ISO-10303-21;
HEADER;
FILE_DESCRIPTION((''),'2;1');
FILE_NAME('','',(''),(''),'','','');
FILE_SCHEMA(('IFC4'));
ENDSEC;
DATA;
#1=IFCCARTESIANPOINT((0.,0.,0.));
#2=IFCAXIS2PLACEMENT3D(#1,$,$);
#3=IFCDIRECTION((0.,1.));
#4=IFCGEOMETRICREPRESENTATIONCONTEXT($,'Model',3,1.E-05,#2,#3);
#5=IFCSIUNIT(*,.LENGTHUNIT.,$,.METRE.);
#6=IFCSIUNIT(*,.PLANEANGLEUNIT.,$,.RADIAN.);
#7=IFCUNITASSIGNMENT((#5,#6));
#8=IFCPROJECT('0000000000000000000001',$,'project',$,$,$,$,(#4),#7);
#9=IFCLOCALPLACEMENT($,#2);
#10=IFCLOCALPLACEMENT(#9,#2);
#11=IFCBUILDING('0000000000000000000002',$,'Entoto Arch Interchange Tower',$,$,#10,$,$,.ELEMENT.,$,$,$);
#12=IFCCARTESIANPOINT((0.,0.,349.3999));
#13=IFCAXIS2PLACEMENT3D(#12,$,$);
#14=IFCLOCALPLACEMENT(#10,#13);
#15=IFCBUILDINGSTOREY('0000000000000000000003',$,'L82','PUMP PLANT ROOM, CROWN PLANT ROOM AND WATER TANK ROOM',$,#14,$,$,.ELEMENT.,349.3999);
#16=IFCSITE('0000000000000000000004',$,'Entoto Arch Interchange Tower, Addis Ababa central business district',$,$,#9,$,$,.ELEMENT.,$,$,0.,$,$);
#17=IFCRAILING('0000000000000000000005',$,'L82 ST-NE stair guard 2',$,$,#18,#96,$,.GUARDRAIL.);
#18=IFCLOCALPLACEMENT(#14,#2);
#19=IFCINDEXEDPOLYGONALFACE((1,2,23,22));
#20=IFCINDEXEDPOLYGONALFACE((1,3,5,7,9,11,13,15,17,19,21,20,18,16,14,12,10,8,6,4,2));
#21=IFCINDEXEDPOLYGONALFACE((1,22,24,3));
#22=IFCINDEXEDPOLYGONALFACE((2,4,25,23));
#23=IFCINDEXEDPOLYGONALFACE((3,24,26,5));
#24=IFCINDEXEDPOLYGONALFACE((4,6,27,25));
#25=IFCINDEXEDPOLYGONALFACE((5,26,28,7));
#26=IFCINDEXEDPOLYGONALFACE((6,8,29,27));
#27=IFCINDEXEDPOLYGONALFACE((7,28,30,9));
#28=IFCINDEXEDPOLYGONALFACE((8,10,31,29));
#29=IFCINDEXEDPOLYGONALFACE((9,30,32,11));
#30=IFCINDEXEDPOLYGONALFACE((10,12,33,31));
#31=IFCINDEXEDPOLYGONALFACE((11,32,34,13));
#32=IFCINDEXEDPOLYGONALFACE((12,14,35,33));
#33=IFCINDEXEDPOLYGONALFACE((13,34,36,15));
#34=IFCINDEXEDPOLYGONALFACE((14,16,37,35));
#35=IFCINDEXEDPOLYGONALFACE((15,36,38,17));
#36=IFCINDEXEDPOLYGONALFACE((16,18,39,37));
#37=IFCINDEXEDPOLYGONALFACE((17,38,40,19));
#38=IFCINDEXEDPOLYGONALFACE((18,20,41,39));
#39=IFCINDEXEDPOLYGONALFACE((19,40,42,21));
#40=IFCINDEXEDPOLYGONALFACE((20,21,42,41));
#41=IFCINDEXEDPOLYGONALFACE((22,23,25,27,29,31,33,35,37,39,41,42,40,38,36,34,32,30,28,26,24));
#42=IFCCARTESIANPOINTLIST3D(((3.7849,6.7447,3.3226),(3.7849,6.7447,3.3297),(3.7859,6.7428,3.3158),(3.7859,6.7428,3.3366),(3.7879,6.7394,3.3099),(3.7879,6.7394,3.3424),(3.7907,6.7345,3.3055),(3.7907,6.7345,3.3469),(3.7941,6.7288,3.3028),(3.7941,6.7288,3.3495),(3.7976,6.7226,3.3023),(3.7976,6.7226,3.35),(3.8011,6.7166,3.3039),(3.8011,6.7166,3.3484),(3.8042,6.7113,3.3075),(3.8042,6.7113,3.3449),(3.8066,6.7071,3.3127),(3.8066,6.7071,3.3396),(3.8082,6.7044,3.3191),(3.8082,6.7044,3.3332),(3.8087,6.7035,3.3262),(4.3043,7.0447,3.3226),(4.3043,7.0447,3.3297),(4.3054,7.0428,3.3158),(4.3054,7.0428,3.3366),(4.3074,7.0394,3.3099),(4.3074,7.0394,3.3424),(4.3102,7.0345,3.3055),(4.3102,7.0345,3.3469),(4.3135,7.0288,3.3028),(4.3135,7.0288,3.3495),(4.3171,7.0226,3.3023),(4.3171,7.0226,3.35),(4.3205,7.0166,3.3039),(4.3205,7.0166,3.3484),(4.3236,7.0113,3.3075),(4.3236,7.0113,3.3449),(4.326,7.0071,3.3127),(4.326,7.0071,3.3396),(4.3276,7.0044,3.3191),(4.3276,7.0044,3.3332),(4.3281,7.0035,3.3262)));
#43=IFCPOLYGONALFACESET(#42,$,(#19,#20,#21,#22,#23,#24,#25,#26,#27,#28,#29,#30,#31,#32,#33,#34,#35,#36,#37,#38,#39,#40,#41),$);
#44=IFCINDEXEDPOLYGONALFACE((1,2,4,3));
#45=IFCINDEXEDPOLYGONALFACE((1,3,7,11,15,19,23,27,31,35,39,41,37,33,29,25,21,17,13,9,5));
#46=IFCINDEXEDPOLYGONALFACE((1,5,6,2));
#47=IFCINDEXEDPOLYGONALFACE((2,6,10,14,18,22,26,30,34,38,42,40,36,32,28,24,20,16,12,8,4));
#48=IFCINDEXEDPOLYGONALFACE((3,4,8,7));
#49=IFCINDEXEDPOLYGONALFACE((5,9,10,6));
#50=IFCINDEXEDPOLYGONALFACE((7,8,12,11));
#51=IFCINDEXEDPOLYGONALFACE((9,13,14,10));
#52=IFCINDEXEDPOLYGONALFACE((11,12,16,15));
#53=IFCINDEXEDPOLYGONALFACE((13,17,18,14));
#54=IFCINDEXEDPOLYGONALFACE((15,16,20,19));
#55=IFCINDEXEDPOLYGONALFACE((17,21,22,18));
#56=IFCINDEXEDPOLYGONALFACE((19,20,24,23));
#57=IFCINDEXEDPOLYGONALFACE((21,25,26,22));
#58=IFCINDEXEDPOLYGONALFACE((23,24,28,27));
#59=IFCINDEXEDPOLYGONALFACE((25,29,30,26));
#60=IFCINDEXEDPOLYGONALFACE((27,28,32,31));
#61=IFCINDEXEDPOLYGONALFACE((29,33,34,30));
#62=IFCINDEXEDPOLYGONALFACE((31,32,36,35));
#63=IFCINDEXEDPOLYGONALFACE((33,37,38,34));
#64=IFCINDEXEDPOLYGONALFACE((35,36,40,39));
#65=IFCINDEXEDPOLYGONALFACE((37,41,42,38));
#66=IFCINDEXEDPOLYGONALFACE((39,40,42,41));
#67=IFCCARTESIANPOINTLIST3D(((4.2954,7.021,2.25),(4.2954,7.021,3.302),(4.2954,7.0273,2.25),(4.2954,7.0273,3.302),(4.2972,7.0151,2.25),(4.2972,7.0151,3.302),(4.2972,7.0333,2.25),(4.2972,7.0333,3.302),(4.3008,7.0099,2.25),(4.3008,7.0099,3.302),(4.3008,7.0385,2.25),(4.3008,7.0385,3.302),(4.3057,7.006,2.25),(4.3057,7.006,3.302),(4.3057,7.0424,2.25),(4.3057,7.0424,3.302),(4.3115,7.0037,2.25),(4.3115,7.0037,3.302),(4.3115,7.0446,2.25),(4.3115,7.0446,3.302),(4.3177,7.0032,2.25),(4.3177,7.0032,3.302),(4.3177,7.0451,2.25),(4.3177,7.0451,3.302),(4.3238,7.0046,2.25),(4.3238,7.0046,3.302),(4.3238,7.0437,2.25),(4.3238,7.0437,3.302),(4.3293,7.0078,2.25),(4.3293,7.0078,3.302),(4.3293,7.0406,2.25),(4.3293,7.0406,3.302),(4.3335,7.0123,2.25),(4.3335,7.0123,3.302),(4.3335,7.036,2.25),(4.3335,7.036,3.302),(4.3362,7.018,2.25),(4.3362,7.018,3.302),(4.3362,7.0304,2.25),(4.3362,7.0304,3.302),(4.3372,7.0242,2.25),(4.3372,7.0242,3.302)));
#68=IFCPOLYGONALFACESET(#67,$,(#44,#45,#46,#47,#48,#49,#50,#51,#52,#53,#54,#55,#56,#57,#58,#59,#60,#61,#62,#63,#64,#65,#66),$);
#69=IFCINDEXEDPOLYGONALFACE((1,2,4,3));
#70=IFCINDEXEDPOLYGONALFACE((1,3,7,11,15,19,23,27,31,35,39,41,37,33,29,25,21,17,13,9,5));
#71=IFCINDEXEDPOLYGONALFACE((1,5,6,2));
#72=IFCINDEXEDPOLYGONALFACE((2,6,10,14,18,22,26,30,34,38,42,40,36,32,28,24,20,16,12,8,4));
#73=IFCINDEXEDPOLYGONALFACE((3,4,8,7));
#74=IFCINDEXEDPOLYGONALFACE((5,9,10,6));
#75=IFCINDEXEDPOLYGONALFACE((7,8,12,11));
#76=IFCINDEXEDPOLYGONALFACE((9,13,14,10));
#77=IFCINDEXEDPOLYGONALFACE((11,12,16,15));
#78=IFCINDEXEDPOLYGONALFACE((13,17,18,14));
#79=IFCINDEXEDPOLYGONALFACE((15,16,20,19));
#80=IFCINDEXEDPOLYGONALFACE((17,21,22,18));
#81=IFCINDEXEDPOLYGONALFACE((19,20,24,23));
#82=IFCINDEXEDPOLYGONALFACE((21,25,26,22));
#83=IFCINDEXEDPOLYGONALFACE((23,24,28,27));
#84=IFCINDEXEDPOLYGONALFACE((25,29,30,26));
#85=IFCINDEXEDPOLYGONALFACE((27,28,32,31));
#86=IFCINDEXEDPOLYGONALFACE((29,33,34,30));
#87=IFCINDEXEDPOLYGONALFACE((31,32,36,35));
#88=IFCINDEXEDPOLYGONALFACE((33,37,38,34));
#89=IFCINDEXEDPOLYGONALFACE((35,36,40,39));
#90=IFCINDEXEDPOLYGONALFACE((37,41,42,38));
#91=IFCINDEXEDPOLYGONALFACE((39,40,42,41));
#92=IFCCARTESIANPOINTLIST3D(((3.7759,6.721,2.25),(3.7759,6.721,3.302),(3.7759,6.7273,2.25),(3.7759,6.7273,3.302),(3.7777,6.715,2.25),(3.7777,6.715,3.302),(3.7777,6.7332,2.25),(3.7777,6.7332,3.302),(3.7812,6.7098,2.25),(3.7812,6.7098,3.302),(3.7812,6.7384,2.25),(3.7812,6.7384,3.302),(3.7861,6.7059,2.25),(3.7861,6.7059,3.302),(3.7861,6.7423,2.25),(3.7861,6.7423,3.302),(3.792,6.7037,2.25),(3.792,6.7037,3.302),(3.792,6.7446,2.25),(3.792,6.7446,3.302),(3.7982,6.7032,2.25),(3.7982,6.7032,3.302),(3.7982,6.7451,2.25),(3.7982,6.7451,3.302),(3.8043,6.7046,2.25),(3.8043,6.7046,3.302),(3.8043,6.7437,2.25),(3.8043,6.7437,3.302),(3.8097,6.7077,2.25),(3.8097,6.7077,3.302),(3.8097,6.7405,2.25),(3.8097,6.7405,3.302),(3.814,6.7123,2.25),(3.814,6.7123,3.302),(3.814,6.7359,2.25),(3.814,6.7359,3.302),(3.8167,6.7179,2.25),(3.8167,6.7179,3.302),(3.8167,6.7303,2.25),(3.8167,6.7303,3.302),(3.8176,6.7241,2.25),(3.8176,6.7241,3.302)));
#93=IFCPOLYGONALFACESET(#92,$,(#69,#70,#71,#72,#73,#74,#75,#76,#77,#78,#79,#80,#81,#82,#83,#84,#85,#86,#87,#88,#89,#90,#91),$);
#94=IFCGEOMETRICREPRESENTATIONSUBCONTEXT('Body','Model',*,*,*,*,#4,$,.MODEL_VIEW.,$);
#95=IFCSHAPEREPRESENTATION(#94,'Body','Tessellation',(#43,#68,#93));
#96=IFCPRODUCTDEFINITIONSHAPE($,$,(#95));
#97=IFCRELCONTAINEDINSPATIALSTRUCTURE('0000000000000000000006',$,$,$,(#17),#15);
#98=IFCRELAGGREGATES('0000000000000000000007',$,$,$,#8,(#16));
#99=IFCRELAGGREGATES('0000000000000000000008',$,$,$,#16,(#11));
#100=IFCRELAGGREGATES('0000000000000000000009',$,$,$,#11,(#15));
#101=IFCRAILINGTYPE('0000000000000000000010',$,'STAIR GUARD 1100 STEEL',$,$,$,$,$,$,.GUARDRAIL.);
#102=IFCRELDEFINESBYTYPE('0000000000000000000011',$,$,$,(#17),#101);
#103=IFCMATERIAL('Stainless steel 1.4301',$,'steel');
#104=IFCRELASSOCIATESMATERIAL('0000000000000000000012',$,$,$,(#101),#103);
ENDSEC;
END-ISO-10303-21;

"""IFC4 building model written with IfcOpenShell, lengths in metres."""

from ifc_helpers import new_model, si_unit, direction, frame, origin, origin_2d, place, context, subcontext, project, spatial, circle, extrude, material, type_object, element, save


model = new_model("IFC4")

# Units and contexts
model_context = context("Model", 3, precision=1e-05, world=origin(), true_north=direction((0.0, 1.0)))
body_context = subcontext(model_context, "Body", "Model", "MODEL_VIEW")
ifc_project = project(units=[si_unit("LENGTHUNIT", "METRE"), si_unit("PLANEANGLEUNIT", "RADIAN")], contexts=[model_context])

# Site, building, storey
site_placement = place(None, origin())
site = spatial("IfcSite", under=ifc_project, at=site_placement, Name="Entoto Arch Interchange Tower, Addis Ababa central business district", CompositionType="ELEMENT", RefElevation=0.0)
building_placement = place(site_placement, origin())
building = spatial("IfcBuilding", under=site, at=building_placement, Name="Entoto Arch Interchange Tower", CompositionType="ELEMENT")
storey_placement = place(building_placement, frame((0.0, 0.0, 349.3999)))
storey = spatial("IfcBuildingStorey", under=building, at=storey_placement, Name="L82", Description="PUMP PLANT ROOM, CROWN PLANT ROOM AND WATER TANK ROOM", CompositionType="ELEMENT", Elevation=349.3999)

# Railing
ifc_material_1 = material(Name="Stainless steel 1.4301", Category="steel")
railing_type_1 = type_object("IfcRailingType", Name="STAIR GUARD 1100 STEEL", PredefinedType="GUARDRAIL", material=ifc_material_1)
railing_1_placement = place(storey_placement, frame((4.3162, 7.0242, 2.25)))
element("IfcRailing", 1, at=railing_1_placement, inside=storey, type_object=railing_type_1, Name="L82 ST-NE stair guard 2", PredefinedType="GUARDRAIL", context=body_context, shape_type="SweptSolid", body=[
    extrude(circle(Radius=0.0239, at=origin_2d()), frame((0.0, 0.0, 1.0762), z_axis=(-0.865955, -0.500122, 0.0), x_axis=(0.500122, -0.865955, 0.0)), (0.0, 0.0, 1.0), 0.5999),
    extrude(circle(Radius=0.021, at=origin_2d()), origin(), (0.0, 0.0, 1.0), 1.052),
    extrude(circle(Radius=0.021, at=origin_2d()), frame((-0.5195, -0.3, 0.0)), (0.0, 0.0, 1.0), 1.052),
])

save(model, "model.ifc")
